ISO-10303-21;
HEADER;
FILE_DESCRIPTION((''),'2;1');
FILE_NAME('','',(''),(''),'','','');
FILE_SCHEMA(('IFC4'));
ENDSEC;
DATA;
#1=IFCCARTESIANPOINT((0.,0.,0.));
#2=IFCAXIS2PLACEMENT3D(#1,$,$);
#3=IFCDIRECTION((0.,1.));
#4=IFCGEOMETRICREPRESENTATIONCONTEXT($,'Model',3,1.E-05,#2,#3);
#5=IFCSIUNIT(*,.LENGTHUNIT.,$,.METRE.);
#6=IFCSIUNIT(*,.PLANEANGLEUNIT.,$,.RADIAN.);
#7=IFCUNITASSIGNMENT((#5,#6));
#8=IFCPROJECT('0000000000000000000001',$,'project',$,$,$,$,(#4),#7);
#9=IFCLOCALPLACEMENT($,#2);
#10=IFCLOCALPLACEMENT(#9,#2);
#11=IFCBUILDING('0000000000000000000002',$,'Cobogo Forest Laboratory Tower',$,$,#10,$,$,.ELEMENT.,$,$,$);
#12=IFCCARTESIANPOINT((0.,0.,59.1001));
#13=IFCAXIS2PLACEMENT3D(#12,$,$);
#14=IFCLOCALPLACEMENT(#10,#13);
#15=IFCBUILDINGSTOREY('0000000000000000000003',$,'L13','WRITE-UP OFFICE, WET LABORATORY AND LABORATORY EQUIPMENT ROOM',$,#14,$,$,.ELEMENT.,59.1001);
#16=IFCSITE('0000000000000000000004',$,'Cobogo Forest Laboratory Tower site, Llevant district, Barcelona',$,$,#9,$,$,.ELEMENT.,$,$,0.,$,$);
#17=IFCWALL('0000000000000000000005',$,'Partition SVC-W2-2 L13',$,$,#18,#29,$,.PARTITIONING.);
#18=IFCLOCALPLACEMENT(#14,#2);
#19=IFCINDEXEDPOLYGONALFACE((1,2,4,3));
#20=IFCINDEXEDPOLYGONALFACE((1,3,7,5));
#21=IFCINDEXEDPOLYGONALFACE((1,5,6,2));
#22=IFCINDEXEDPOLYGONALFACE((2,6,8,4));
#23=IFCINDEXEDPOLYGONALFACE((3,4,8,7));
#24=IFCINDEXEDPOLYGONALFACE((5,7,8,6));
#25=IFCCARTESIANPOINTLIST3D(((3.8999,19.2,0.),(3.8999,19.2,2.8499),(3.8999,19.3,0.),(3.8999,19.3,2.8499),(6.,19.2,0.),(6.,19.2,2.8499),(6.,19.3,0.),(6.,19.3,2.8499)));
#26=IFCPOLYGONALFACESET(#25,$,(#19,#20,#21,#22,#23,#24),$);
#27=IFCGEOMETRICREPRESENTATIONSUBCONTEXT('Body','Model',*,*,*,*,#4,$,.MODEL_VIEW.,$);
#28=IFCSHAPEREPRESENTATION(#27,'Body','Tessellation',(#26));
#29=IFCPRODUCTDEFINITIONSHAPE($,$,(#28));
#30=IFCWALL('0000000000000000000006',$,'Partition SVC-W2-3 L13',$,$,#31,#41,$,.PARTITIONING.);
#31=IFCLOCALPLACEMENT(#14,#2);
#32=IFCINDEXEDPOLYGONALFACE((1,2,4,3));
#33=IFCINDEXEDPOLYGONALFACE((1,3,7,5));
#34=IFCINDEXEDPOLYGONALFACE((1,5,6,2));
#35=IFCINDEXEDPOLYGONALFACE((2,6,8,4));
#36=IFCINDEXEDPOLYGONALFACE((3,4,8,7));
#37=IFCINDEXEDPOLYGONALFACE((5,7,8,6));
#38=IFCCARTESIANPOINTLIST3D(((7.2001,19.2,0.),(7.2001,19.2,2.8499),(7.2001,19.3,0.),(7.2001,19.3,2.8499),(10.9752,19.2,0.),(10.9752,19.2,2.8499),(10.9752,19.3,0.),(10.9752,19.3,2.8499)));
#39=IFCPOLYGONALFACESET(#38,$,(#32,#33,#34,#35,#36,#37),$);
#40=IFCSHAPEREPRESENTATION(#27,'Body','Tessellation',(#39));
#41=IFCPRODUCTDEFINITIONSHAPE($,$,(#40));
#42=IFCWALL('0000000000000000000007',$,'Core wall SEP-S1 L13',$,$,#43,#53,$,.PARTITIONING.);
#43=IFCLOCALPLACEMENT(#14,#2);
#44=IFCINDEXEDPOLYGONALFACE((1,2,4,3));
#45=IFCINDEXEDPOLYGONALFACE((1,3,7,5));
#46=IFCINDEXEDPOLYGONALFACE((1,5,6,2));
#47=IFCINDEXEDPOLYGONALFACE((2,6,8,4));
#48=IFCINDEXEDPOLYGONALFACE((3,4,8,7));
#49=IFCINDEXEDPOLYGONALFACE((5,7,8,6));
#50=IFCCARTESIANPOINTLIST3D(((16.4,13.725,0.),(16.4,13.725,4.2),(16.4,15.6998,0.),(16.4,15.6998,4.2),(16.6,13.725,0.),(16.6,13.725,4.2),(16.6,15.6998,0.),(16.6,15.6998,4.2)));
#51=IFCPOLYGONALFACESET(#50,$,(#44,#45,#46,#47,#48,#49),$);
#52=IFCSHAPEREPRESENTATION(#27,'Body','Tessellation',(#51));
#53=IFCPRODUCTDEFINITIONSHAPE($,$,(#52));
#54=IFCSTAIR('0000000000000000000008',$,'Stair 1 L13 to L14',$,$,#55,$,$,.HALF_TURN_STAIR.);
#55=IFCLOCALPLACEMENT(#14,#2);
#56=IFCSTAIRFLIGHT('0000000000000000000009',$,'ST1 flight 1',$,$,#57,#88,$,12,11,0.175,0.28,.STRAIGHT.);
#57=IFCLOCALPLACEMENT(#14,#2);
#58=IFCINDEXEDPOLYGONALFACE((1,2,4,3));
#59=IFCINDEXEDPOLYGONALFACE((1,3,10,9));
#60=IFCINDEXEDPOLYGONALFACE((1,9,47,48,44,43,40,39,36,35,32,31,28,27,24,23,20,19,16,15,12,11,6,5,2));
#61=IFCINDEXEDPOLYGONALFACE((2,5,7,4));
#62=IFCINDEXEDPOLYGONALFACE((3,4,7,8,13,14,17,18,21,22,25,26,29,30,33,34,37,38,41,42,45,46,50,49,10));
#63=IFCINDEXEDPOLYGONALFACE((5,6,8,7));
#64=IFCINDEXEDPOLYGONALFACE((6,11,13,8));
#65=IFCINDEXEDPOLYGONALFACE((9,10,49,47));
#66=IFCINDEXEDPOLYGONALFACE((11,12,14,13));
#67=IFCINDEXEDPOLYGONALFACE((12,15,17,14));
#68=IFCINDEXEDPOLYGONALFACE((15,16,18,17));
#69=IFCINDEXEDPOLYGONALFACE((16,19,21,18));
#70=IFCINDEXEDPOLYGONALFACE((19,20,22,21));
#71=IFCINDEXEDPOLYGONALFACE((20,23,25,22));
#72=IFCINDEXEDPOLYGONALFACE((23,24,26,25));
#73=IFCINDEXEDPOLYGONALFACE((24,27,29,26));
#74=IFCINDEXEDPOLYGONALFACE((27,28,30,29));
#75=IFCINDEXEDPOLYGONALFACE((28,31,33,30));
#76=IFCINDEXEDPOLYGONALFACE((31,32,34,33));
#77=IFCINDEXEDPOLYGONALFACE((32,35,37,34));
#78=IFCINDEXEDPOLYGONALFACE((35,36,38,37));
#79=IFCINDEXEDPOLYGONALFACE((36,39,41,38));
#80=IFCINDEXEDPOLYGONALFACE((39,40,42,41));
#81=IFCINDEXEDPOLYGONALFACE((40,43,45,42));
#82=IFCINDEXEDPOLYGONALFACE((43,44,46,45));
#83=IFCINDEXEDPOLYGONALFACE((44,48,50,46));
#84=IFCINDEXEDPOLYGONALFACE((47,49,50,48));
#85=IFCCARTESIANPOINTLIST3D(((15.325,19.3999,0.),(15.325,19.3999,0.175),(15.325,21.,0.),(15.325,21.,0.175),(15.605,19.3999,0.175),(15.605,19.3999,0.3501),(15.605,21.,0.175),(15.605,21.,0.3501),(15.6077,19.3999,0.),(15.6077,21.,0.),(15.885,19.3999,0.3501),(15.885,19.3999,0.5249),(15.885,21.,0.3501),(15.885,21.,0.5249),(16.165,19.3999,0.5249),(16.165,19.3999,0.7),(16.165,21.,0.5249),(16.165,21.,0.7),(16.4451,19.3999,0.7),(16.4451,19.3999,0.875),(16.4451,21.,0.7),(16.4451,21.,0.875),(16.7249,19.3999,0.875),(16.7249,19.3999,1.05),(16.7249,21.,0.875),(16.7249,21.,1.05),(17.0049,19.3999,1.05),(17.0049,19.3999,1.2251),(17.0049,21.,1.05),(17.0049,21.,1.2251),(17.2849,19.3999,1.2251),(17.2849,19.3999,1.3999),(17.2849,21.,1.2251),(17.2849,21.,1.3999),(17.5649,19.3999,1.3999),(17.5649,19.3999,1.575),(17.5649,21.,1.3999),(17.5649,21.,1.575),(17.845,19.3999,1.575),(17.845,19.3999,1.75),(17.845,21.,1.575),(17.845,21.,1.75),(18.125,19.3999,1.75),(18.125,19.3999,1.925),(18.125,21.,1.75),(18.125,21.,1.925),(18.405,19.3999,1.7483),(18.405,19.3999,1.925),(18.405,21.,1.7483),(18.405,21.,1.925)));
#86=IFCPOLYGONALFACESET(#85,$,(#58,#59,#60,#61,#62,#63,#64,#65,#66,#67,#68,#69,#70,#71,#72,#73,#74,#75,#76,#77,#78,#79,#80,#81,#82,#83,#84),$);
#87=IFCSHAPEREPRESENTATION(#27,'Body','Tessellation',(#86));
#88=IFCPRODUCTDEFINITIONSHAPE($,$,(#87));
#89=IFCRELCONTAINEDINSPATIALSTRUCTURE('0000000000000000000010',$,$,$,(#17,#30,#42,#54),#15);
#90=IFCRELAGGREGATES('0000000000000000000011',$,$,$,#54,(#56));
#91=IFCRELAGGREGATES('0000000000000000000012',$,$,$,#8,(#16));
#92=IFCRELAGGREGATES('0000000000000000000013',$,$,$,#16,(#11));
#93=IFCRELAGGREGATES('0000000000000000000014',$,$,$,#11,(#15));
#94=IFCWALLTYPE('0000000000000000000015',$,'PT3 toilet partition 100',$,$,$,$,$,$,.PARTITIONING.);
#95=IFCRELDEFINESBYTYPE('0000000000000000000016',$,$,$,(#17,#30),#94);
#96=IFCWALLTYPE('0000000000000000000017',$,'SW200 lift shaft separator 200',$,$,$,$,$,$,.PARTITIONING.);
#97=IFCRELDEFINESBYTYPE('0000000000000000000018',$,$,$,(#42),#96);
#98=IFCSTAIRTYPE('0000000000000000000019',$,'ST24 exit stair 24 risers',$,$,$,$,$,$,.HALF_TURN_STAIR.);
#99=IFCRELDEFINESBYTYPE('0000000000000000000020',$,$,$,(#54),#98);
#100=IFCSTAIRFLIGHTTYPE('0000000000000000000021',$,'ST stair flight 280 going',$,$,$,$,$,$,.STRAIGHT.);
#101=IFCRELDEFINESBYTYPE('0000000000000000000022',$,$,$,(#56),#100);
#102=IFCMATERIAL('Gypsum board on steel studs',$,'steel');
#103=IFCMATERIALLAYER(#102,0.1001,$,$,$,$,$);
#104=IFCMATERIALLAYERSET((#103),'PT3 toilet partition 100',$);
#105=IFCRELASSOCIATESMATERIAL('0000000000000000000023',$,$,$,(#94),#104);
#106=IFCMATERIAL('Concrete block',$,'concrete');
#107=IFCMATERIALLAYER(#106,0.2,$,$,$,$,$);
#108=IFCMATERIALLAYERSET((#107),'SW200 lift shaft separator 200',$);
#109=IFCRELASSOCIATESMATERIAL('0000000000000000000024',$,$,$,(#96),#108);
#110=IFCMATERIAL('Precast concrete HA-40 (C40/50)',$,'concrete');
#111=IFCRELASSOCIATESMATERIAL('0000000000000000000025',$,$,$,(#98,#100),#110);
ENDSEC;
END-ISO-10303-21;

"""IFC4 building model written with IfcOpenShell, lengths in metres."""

from ifc_helpers import new_model, si_unit, direction, frame, frame_2d, origin, place, context, subcontext, project, spatial, polyline, rectangle, outline, extrude, material, layer, layer_set, type_object, element, aggregate, save


model = new_model("IFC4")

# Units and contexts
model_context = context("Model", 3, precision=1e-05, world=origin(), true_north=direction((0.0, 1.0)))
body_context = subcontext(model_context, "Body", "Model", "MODEL_VIEW")
ifc_project = project(units=[si_unit("LENGTHUNIT", "METRE"), si_unit("PLANEANGLEUNIT", "RADIAN")], contexts=[model_context])

# Site, building, storey
site_placement = place(None, origin())
site = spatial("IfcSite", under=ifc_project, at=site_placement, Name="Cobogo Forest Laboratory Tower site, Llevant district, Barcelona", CompositionType="ELEMENT", RefElevation=0.0)
building_placement = place(site_placement, origin())
building = spatial("IfcBuilding", under=site, at=building_placement, Name="Cobogo Forest Laboratory Tower", CompositionType="ELEMENT")
storey_placement = place(building_placement, frame((0.0, 0.0, 59.1001)))
storey = spatial("IfcBuildingStorey", under=building, at=storey_placement, Name="L13", Description="WRITE-UP OFFICE, WET LABORATORY AND LABORATORY EQUIPMENT ROOM", CompositionType="ELEMENT", Elevation=59.1001)

# Walls
ifc_material_1 = material(Name="Gypsum board on steel studs", Category="steel")
ifc_layer_1 = layer(ifc_material_1, 0.1001)
ifc_layer_set_1 = layer_set([ifc_layer_1], Name="PT3 toilet partition 100")
wall_type_1 = type_object("IfcWallType", Name="PT3 toilet partition 100", PredefinedType="PARTITIONING", material=ifc_layer_set_1)
wall_1_placement = place(storey_placement, frame((3.8999, 19.25, 0.0), z_axis=(0.0, 0.0, 1.0), x_axis=(1.0, 0.0, 0.0)))
element("IfcWall", 1, at=wall_1_placement, inside=storey, type_object=wall_type_1, Name="Partition SVC-W2-2 L13", PredefinedType="PARTITIONING", context=body_context, shape_type="SweptSolid", body=[
    extrude(rectangle(XDim=2.1001, YDim=0.1001, at=frame_2d((1.05, 0.0))), origin(), (0.0, 0.0, 1.0), 2.8499),
])
wall_2_placement = place(storey_placement, frame((7.2, 19.25, 0.0), z_axis=(0.0, 0.0, 1.0), x_axis=(1.0, 0.0, 0.0)))
element("IfcWall", 2, at=wall_2_placement, inside=storey, type_object=wall_type_1, Name="Partition SVC-W2-3 L13", PredefinedType="PARTITIONING", context=body_context, shape_type="SweptSolid", body=[
    extrude(rectangle(XDim=3.7751, YDim=0.1001, at=frame_2d((1.8877, 0.0))), origin(), (0.0, 0.0, 1.0), 2.8499),
])
ifc_material_2 = material(Name="Concrete block", Category="concrete")
ifc_layer_2 = layer(ifc_material_2, 0.2)
ifc_layer_set_2 = layer_set([ifc_layer_2], Name="SW200 lift shaft separator 200")
wall_type_2 = type_object("IfcWallType", Name="SW200 lift shaft separator 200", PredefinedType="PARTITIONING", material=ifc_layer_set_2)
wall_3_placement = place(storey_placement, frame((16.5, 13.7251, 0.0), z_axis=(0.0, 0.0, 1.0), x_axis=(0.0, 1.0, 0.0)))
element("IfcWall", 3, at=wall_3_placement, inside=storey, type_object=wall_type_2, Name="Core wall SEP-S1 L13", PredefinedType="PARTITIONING", context=body_context, shape_type="SweptSolid", body=[
    extrude(rectangle(XDim=1.9749, YDim=0.2, at=frame_2d((0.9873, 0.0))), origin(), (0.0, 0.0, 1.0), 4.2),
])

# Stair, stair flight
ifc_material_3 = material(Name="Precast concrete HA-40 (C40/50)", Category="concrete")
stair_type = type_object("IfcStairType", Name="ST24 exit stair 24 risers", PredefinedType="HALF_TURN_STAIR", material=ifc_material_3)
stair_placement = place(storey_placement, origin())
stair = element("IfcStair", 4, at=stair_placement, inside=storey, type_object=stair_type, Name="Stair 1 L13 to L14", PredefinedType="HALF_TURN_STAIR")
stair_flight_type = type_object("IfcStairFlightType", Name="ST stair flight 280 going", PredefinedType="STRAIGHT", material=ifc_material_3)
stair_flight_placement = place(storey_placement, frame((15.325, 20.2, 0.0), z_axis=(0.0, 0.0, 1.0), x_axis=(1.0, 0.0, 0.0)))
stair_flight = element("IfcStairFlight", 5, at=stair_flight_placement, type_object=stair_flight_type, Name="ST1 flight 1", NumberOfRisers=12, NumberOfTreads=11, PredefinedType="STRAIGHT", RiserHeight=0.175, TreadLength=0.28, context=body_context, shape_type="SweptSolid", body=[
    extrude(outline(polyline([(0.0, 0.0), (0.0, 0.175), (0.28, 0.175), (0.28, 0.3501), (0.5601, 0.3501), (0.5601, 0.5249), (0.8401, 0.5249), (0.8401, 0.7), (1.1201, 0.7), (1.1201, 0.875), (1.3999, 0.875), (1.3999, 1.05), (1.6799, 1.05), (1.6799, 1.2251), (1.96, 1.2251), (1.96, 1.3999), (2.24, 1.3999), (2.24, 1.575), (2.52, 1.575), (2.52, 1.75), (2.8, 1.75), (2.8, 1.925), (3.0801, 1.925), (3.0801, 2.1001), (3.0801, 1.7483), (0.2827, 0.0), (0.0, 0.0)])), frame((0.0, 0.8, 0.0), z_axis=(0.0, -1.0, 0.0), x_axis=(1.0, 0.0, 0.0)), (0.0, 0.0, 1.0), 1.6001),
])
aggregate(stair, [stair_flight])

save(model, "model.ifc")
